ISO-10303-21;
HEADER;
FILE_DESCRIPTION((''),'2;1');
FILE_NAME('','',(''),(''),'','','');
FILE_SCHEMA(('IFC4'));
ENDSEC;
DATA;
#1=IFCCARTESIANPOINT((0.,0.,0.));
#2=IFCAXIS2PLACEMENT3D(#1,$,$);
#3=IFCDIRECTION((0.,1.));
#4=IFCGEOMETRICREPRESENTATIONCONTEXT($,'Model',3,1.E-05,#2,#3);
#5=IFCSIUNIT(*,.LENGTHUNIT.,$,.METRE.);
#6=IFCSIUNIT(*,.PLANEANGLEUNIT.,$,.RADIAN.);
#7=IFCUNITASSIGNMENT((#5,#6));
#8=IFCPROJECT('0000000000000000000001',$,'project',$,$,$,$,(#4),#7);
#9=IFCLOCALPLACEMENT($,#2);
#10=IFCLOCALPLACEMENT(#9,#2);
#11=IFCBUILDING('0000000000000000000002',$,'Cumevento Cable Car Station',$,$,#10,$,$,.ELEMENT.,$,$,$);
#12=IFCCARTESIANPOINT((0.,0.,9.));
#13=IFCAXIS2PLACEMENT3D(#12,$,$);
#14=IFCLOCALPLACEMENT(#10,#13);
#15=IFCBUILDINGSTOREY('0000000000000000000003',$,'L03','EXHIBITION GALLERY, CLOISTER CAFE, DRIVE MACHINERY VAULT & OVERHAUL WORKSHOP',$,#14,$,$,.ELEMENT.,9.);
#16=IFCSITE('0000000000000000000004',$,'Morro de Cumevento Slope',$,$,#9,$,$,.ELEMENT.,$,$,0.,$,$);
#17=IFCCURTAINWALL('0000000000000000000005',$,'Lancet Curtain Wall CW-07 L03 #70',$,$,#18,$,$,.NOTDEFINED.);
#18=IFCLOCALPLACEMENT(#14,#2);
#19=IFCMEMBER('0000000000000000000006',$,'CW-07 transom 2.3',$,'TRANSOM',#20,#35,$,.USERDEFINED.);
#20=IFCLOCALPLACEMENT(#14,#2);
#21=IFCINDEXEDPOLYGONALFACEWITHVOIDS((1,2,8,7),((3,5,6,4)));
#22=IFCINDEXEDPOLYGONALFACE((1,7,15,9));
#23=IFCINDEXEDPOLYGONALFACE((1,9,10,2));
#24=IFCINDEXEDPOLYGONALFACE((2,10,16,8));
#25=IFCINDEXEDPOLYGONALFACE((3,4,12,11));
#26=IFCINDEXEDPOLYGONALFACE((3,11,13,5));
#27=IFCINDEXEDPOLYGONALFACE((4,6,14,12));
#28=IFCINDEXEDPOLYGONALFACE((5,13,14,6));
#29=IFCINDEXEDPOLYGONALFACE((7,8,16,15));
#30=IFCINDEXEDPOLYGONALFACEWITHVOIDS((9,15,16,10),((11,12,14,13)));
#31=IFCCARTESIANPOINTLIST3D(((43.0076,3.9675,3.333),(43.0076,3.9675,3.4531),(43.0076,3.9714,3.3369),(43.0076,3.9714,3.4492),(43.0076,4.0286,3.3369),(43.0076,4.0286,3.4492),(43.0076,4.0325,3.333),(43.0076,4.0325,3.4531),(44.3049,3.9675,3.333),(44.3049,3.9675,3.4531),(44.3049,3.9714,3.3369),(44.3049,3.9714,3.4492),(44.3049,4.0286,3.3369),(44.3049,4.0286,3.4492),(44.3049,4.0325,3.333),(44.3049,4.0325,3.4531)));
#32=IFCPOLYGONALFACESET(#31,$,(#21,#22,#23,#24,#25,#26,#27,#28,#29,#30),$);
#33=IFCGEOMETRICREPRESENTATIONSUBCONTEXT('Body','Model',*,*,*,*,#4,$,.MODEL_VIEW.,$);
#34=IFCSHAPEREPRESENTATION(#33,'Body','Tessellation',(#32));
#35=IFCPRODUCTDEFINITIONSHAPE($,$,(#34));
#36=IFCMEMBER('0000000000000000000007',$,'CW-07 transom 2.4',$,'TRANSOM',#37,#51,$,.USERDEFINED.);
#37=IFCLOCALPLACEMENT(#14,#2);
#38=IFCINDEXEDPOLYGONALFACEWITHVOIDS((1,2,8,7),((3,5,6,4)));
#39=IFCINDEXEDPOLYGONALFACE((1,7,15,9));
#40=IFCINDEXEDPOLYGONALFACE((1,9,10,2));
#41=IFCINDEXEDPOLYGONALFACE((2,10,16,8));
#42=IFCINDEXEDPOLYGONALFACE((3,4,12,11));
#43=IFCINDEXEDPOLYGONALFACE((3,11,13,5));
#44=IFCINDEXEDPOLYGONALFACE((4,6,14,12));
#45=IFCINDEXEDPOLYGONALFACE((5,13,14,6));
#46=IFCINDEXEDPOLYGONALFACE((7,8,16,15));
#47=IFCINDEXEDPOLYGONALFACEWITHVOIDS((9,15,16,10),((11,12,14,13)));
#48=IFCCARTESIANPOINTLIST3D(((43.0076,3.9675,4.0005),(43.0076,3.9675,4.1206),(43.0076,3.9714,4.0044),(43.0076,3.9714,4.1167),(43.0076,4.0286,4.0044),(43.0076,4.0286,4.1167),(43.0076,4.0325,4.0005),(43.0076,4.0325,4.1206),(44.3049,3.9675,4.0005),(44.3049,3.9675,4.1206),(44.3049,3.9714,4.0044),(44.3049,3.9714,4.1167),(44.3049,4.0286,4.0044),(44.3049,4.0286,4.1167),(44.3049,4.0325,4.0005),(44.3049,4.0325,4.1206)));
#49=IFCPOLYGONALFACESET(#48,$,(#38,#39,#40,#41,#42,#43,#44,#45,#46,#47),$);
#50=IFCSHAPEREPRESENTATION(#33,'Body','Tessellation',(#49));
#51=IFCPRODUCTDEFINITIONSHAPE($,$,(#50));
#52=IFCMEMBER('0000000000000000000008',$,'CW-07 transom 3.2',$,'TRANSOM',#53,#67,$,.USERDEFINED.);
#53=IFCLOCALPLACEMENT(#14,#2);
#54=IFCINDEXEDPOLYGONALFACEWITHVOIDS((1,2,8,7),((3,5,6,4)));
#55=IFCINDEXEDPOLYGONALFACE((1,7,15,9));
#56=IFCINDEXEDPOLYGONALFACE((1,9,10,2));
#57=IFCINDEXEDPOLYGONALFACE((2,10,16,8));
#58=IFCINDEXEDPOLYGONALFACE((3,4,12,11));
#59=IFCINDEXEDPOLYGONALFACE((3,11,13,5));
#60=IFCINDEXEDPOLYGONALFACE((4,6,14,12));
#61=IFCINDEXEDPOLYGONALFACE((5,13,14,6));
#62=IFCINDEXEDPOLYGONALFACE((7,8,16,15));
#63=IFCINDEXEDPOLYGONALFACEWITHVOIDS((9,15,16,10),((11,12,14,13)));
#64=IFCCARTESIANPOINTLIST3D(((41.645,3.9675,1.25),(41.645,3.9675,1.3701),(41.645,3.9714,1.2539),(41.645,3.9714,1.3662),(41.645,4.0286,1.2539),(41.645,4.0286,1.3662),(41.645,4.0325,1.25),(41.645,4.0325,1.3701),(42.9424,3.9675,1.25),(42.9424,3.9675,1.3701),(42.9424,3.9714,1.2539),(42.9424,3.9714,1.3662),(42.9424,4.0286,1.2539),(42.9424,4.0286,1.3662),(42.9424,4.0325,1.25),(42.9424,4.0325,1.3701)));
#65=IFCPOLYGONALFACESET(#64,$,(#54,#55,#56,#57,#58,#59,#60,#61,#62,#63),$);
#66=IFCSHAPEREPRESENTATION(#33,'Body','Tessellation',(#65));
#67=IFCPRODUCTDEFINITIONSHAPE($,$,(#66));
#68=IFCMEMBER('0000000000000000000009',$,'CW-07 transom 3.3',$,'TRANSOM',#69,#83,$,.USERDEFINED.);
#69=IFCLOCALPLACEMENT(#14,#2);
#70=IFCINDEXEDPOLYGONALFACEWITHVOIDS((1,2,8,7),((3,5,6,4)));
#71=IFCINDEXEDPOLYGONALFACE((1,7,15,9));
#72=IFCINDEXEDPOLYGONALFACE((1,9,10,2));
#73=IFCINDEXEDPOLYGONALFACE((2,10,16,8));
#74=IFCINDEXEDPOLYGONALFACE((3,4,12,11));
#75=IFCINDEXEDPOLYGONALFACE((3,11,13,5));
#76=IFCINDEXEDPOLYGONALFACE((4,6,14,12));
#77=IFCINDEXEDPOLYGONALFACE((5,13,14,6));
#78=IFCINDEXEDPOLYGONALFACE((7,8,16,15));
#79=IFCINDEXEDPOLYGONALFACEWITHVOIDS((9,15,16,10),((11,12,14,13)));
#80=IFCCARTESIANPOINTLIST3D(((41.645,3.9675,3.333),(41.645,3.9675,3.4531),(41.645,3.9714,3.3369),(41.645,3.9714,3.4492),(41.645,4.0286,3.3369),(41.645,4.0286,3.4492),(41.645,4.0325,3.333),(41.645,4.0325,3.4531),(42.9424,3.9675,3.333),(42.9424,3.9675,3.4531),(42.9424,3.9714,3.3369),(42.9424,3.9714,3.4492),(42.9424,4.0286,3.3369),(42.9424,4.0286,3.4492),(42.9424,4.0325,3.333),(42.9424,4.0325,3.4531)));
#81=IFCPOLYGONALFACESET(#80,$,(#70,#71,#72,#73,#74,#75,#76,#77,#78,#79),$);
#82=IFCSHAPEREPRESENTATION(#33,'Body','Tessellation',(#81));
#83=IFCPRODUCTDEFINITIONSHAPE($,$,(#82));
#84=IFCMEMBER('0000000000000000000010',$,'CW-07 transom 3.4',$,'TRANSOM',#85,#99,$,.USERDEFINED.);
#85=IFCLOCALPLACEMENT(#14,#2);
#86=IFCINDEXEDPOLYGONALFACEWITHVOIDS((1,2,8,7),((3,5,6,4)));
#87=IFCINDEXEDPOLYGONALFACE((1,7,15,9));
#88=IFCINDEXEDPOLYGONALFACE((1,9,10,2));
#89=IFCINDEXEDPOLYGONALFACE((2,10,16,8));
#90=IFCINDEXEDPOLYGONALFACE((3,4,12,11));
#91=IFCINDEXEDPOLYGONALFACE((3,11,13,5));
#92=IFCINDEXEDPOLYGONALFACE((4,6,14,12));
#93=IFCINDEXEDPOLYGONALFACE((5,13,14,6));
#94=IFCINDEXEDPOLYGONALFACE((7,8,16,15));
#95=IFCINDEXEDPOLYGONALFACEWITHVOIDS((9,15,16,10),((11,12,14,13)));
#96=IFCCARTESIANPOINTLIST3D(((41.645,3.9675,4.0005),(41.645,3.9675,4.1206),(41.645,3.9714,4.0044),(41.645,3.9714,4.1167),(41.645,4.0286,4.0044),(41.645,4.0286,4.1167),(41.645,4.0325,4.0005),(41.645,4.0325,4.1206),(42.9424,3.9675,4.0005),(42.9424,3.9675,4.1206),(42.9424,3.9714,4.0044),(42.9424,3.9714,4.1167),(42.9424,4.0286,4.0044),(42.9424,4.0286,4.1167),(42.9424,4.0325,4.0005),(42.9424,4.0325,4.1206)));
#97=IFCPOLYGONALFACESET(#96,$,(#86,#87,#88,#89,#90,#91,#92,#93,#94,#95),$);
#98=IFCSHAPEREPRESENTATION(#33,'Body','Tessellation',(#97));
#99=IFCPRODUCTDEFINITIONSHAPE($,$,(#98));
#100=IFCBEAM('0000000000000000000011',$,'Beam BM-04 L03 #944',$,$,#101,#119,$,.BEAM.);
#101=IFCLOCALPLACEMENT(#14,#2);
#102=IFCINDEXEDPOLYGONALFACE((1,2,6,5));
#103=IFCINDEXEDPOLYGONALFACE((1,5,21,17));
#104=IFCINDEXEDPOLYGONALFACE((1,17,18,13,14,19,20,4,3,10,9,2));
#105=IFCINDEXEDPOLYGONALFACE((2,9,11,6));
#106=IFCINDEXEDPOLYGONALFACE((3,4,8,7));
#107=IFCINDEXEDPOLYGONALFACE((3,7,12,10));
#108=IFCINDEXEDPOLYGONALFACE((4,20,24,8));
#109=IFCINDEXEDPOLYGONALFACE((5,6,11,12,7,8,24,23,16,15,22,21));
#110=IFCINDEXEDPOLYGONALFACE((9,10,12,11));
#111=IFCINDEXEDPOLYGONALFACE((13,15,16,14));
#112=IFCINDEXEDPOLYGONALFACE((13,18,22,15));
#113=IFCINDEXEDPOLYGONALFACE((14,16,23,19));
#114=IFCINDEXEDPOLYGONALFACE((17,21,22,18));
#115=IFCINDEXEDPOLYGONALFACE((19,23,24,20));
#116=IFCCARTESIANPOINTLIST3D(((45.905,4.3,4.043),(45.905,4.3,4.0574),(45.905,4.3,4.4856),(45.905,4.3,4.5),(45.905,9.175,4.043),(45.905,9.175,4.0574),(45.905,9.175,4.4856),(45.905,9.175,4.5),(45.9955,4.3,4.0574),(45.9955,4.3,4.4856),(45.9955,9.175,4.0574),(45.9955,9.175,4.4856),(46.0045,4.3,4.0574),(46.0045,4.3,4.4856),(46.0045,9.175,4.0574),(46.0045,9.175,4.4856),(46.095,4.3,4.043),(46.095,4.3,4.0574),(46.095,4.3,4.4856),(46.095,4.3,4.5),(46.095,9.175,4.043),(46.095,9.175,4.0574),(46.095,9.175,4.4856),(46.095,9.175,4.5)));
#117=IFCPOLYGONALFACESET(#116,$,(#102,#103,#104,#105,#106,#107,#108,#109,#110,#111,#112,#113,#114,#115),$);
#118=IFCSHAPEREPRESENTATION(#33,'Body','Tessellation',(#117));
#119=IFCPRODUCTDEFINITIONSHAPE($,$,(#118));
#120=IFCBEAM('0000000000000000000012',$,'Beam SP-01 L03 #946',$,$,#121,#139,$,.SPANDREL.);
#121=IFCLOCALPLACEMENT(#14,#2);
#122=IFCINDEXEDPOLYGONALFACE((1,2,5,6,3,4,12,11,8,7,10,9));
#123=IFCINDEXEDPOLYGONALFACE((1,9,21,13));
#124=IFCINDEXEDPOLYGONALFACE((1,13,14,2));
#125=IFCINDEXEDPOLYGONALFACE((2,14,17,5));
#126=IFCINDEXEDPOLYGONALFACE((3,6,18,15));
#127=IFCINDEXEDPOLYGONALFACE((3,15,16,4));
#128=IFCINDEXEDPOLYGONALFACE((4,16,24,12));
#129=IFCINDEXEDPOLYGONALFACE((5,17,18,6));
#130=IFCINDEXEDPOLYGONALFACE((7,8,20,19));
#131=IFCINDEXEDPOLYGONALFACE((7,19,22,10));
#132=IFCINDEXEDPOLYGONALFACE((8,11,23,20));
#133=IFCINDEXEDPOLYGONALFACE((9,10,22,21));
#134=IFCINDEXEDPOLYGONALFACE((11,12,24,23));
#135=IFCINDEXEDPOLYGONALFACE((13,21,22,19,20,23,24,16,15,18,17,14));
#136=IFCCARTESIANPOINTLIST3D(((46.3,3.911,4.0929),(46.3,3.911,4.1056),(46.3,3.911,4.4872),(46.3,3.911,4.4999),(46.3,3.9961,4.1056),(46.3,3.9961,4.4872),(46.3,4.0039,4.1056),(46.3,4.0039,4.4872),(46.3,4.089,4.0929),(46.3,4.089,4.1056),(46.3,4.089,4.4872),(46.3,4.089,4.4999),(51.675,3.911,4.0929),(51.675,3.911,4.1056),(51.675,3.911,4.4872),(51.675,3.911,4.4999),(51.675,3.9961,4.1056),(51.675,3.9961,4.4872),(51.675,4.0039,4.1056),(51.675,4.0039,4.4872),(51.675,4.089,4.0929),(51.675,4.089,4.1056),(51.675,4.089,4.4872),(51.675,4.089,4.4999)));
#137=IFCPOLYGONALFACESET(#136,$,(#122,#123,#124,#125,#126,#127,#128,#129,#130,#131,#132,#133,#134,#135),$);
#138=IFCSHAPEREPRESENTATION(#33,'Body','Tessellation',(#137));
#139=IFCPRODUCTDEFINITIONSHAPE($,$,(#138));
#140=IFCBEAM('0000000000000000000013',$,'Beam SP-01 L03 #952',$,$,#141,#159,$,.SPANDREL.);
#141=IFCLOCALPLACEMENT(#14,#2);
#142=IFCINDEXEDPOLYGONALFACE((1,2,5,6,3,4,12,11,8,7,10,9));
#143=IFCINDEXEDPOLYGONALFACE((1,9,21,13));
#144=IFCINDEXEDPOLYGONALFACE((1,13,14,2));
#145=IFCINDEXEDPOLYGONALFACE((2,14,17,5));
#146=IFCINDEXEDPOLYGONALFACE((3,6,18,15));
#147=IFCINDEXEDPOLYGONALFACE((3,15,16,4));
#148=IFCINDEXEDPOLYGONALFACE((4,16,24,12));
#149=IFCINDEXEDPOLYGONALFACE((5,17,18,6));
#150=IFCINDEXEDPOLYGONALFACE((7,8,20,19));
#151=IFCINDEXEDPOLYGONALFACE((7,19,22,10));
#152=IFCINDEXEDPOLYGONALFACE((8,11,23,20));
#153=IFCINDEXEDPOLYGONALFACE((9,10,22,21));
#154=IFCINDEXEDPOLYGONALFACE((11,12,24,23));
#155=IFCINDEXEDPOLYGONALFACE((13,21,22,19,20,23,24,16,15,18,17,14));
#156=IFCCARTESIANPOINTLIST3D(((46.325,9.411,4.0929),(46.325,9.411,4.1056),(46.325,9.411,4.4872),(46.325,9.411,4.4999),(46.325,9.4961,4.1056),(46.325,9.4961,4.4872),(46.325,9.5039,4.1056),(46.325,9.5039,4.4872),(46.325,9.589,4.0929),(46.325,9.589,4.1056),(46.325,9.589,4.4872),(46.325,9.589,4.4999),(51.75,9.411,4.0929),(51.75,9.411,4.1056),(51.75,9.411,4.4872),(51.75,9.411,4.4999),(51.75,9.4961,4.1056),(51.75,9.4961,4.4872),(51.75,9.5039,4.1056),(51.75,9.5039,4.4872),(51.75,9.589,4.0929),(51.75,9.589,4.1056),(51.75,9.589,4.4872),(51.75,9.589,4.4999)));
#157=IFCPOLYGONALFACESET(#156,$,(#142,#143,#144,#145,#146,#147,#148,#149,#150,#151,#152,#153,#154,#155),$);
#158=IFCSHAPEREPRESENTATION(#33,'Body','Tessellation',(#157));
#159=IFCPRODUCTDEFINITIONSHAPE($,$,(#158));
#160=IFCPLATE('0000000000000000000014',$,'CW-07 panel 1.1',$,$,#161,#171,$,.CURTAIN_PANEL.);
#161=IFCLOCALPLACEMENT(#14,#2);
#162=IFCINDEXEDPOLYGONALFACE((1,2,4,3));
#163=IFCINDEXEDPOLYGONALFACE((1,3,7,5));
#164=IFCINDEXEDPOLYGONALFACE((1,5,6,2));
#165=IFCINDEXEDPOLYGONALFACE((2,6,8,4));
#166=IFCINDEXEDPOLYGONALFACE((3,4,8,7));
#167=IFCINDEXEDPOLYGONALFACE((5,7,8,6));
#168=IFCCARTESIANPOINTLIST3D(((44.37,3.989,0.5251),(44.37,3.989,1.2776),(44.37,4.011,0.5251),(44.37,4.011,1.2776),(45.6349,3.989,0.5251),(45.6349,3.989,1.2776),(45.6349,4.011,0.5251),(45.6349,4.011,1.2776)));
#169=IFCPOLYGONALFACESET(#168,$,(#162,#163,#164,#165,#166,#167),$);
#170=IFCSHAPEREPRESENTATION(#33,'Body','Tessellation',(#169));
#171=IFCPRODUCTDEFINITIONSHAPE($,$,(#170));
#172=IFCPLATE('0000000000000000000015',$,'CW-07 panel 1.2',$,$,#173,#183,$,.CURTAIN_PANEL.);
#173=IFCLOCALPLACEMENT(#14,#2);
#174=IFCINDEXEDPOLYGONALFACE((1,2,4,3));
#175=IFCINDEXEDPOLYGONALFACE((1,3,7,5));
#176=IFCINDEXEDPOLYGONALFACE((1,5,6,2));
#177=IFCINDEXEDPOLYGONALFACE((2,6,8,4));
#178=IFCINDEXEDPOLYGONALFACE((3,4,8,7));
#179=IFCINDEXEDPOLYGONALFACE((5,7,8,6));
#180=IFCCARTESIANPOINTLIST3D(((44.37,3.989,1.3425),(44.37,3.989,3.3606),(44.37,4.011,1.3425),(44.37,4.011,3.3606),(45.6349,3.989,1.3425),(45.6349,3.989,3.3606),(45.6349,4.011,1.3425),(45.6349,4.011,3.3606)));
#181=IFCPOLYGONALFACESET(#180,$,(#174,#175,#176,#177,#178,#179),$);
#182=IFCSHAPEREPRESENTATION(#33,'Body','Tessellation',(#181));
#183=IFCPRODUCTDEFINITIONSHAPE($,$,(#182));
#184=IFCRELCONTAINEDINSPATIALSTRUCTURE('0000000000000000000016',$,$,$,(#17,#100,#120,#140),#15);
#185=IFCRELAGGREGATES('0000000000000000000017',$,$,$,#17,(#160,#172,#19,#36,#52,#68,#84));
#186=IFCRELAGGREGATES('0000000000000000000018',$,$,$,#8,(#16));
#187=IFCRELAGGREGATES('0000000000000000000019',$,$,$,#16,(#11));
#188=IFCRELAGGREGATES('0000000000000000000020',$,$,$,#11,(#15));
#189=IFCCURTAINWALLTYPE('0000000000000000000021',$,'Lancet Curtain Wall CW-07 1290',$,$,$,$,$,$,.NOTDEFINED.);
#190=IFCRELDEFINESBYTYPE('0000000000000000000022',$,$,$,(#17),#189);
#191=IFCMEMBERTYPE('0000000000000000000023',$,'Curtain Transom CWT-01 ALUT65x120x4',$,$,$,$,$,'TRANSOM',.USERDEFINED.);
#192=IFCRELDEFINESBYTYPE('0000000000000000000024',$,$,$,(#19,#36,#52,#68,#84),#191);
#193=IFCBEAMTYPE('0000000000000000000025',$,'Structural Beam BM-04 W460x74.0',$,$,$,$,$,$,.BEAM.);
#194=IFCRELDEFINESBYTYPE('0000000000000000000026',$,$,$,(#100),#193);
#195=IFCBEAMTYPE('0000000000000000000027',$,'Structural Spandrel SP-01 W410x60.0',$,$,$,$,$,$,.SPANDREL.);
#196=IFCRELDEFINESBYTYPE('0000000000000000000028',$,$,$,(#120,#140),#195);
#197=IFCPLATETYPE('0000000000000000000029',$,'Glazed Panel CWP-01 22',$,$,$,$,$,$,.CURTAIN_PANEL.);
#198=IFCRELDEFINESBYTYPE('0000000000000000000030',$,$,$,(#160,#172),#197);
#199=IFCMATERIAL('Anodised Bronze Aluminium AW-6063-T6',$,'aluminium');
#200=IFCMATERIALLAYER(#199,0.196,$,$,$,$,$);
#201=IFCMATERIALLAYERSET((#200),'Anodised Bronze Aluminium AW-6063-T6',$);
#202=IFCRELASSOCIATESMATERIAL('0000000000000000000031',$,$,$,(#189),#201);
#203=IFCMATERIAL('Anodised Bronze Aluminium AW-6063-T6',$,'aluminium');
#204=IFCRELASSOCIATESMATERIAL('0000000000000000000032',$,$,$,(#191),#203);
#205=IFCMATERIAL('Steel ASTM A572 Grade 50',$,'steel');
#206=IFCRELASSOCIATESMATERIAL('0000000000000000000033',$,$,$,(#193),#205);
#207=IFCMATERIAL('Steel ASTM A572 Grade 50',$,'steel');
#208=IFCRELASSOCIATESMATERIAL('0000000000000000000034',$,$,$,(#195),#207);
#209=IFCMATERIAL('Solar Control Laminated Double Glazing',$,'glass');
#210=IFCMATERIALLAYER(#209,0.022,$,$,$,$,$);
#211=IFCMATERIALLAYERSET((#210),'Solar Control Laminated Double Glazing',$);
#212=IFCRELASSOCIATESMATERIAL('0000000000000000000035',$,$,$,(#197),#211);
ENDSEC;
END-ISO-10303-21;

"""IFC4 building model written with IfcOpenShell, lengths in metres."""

from ifc_helpers import new_model, si_unit, direction, frame, origin, origin_2d, place, context, subcontext, project, spatial, rectangle, hollow_rectangle, i_section, extrude, material, layer, layer_set, material_profile, profile_set, type_object, element, aggregate, save


model = new_model("IFC4")

# Units and contexts
model_context = context("Model", 3, precision=1e-05, world=origin(), true_north=direction((0.0, 1.0)))
body_context = subcontext(model_context, "Body", "Model", "MODEL_VIEW")
ifc_project = project(units=[si_unit("LENGTHUNIT", "METRE"), si_unit("PLANEANGLEUNIT", "RADIAN")], contexts=[model_context])

# Site, building, storey
site_placement = place(None, origin())
site = spatial("IfcSite", under=ifc_project, at=site_placement, Name="Morro de Cumevento Slope", CompositionType="ELEMENT", RefElevation=0.0)
building_placement = place(site_placement, origin())
building = spatial("IfcBuilding", under=site, at=building_placement, Name="Cumevento Cable Car Station", CompositionType="ELEMENT")
storey_placement = place(building_placement, frame((0.0, 0.0, 9.0)))
storey = spatial("IfcBuildingStorey", under=building, at=storey_placement, Name="L03", Description="EXHIBITION GALLERY, CLOISTER CAFE, DRIVE MACHINERY VAULT & OVERHAUL WORKSHOP", CompositionType="ELEMENT", Elevation=9.0)

# Curtain wall, members
ifc_material_1 = material(Name="Anodised Bronze Aluminium AW-6063-T6", Category="aluminium")
ifc_layer_1 = layer(ifc_material_1, 0.196)
ifc_layer_set_1 = layer_set([ifc_layer_1], Name="Anodised Bronze Aluminium AW-6063-T6")
curtain_wall_type = type_object("IfcCurtainWallType", Name="Lancet Curtain Wall CW-07 1290", PredefinedType="NOTDEFINED", material=ifc_layer_set_1)
curtain_wall_placement = place(storey_placement, origin())
curtain_wall = element("IfcCurtainWall", 1, at=curtain_wall_placement, inside=storey, type_object=curtain_wall_type, Name="Lancet Curtain Wall CW-07 L03 #70", PredefinedType="NOTDEFINED")
ifc_material_2 = material(Name="Anodised Bronze Aluminium AW-6063-T6", Category="aluminium")
ifc_material_profile_1 = material_profile(ifc_material_2, hollow_rectangle(XDim=0.0649, YDim=0.1201, WallThickness=0.0039, at=origin_2d()), Name="ALUT65x120x4")
ifc_profile_set_1 = profile_set([ifc_material_profile_1], Name="Anodised Bronze Aluminium AW-6063-T6")
member_type_1 = type_object("IfcMemberType", Name="Curtain Transom CWT-01 ALUT65x120x4", ElementType="TRANSOM", PredefinedType="USERDEFINED", material=ifc_profile_set_1)
member_1_placement = place(storey_placement, frame((44.3049, 4.0, 3.3931), z_axis=(-1.0, 0.0, 0.0), x_axis=(0.0, -1.0, 0.0)))
member_1 = element("IfcMember", 2, at=member_1_placement, type_object=member_type_1, Name="CW-07 transom 2.3", ObjectType="TRANSOM", PredefinedType="USERDEFINED", context=body_context, shape_type="SweptSolid", body=[
    extrude(hollow_rectangle(XDim=0.0649, YDim=0.1201, WallThickness=0.0039, at=origin_2d()), origin(), (0.0, 0.0, 1.0), 1.2974),
])
member_2_placement = place(storey_placement, frame((44.3049, 4.0, 4.0605), z_axis=(-1.0, 0.0, 0.0), x_axis=(0.0, -1.0, 0.0)))
member_2 = element("IfcMember", 3, at=member_2_placement, type_object=member_type_1, Name="CW-07 transom 2.4", ObjectType="TRANSOM", PredefinedType="USERDEFINED", context=body_context, shape_type="SweptSolid", body=[
    extrude(hollow_rectangle(XDim=0.0649, YDim=0.1201, WallThickness=0.0039, at=origin_2d()), origin(), (0.0, 0.0, 1.0), 1.2974),
])
member_3_placement = place(storey_placement, frame((42.9424, 4.0, 1.3101), z_axis=(-1.0, 0.0, 0.0), x_axis=(0.0, -1.0, 0.0)))
member_3 = element("IfcMember", 4, at=member_3_placement, type_object=member_type_1, Name="CW-07 transom 3.2", ObjectType="TRANSOM", PredefinedType="USERDEFINED", context=body_context, shape_type="SweptSolid", body=[
    extrude(hollow_rectangle(XDim=0.0649, YDim=0.1201, WallThickness=0.0039, at=origin_2d()), origin(), (0.0, 0.0, 1.0), 1.2974),
])
member_4_placement = place(storey_placement, frame((42.9424, 4.0, 3.3931), z_axis=(-1.0, 0.0, 0.0), x_axis=(0.0, -1.0, 0.0)))
member_4 = element("IfcMember", 5, at=member_4_placement, type_object=member_type_1, Name="CW-07 transom 3.3", ObjectType="TRANSOM", PredefinedType="USERDEFINED", context=body_context, shape_type="SweptSolid", body=[
    extrude(hollow_rectangle(XDim=0.0649, YDim=0.1201, WallThickness=0.0039, at=origin_2d()), origin(), (0.0, 0.0, 1.0), 1.2974),
])
member_5_placement = place(storey_placement, frame((42.9424, 4.0, 4.0605), z_axis=(-1.0, 0.0, 0.0), x_axis=(0.0, -1.0, 0.0)))
member_5 = element("IfcMember", 6, at=member_5_placement, type_object=member_type_1, Name="CW-07 transom 3.4", ObjectType="TRANSOM", PredefinedType="USERDEFINED", context=body_context, shape_type="SweptSolid", body=[
    extrude(hollow_rectangle(XDim=0.0649, YDim=0.1201, WallThickness=0.0039, at=origin_2d()), origin(), (0.0, 0.0, 1.0), 1.2974),
])

# Beams
ifc_material_3 = material(Name="Steel ASTM A572 Grade 50", Category="steel")
ifc_material_profile_2 = material_profile(ifc_material_3, i_section(OverallWidth=0.1899, OverallDepth=0.457, WebThickness=0.009, FlangeThickness=0.0144, at=origin_2d()), Name="W460x74.0")
ifc_profile_set_2 = profile_set([ifc_material_profile_2], Name="Steel ASTM A572 Grade 50")
beam_type_1 = type_object("IfcBeamType", Name="Structural Beam BM-04 W460x74.0", PredefinedType="BEAM", material=ifc_profile_set_2)
beam_1_placement = place(storey_placement, frame((46.0, 4.3, 4.2715), z_axis=(0.0, 1.0, 0.0), x_axis=(-1.0, 0.0, 0.0)))
element("IfcBeam", 7, at=beam_1_placement, inside=storey, type_object=beam_type_1, Name="Beam BM-04 L03 #944", PredefinedType="BEAM", context=body_context, shape_type="SweptSolid", body=[
    extrude(i_section(OverallWidth=0.1899, OverallDepth=0.457, WebThickness=0.009, FlangeThickness=0.0144, at=origin_2d()), origin(), (0.0, 0.0, 1.0), 4.875),
])
ifc_material_4 = material(Name="Steel ASTM A572 Grade 50", Category="steel")
ifc_material_profile_3 = material_profile(ifc_material_4, i_section(OverallWidth=0.178, OverallDepth=0.407, WebThickness=0.0078, FlangeThickness=0.0127, at=origin_2d()), Name="W410x60.0")
ifc_profile_set_3 = profile_set([ifc_material_profile_3], Name="Steel ASTM A572 Grade 50")
beam_type_2 = type_object("IfcBeamType", Name="Structural Spandrel SP-01 W410x60.0", PredefinedType="SPANDREL", material=ifc_profile_set_3)
beam_2_placement = place(storey_placement, frame((46.3, 4.0, 4.2964), z_axis=(1.0, 0.0, 0.0), x_axis=(0.0, 1.0, 0.0)))
element("IfcBeam", 8, at=beam_2_placement, inside=storey, type_object=beam_type_2, Name="Beam SP-01 L03 #946", PredefinedType="SPANDREL", context=body_context, shape_type="SweptSolid", body=[
    extrude(i_section(OverallWidth=0.178, OverallDepth=0.407, WebThickness=0.0078, FlangeThickness=0.0127, at=origin_2d()), origin(), (0.0, 0.0, 1.0), 5.375),
])
beam_3_placement = place(storey_placement, frame((46.325, 9.5, 4.2964), z_axis=(1.0, 0.0, 0.0), x_axis=(0.0, 1.0, 0.0)))
element("IfcBeam", 9, at=beam_3_placement, inside=storey, type_object=beam_type_2, Name="Beam SP-01 L03 #952", PredefinedType="SPANDREL", context=body_context, shape_type="SweptSolid", body=[
    extrude(i_section(OverallWidth=0.178, OverallDepth=0.407, WebThickness=0.0078, FlangeThickness=0.0127, at=origin_2d()), origin(), (0.0, 0.0, 1.0), 5.425),
])

# Plates
ifc_material_5 = material(Name="Solar Control Laminated Double Glazing", Category="glass")
ifc_layer_2 = layer(ifc_material_5, 0.022)
ifc_layer_set_2 = layer_set([ifc_layer_2], Name="Solar Control Laminated Double Glazing")
plate_type = type_object("IfcPlateType", Name="Glazed Panel CWP-01 22", PredefinedType="CURTAIN_PANEL", material=ifc_layer_set_2)
plate_1_placement = place(storey_placement, frame((45.0024, 4.0, 0.5251), z_axis=(0.0, 0.0, 1.0), x_axis=(-1.0, 0.0, 0.0)))
plate_1 = element("IfcPlate", 10, at=plate_1_placement, type_object=plate_type, Name="CW-07 panel 1.1", PredefinedType="CURTAIN_PANEL", context=body_context, shape_type="SweptSolid", body=[
    extrude(rectangle(XDim=1.2649, YDim=0.022, at=origin_2d()), origin(), (0.0, 0.0, 1.0), 0.7524),
])
plate_2_placement = place(storey_placement, frame((45.0024, 4.0, 1.3425), z_axis=(0.0, 0.0, 1.0), x_axis=(-1.0, 0.0, 0.0)))
plate_2 = element("IfcPlate", 11, at=plate_2_placement, type_object=plate_type, Name="CW-07 panel 1.2", PredefinedType="CURTAIN_PANEL", context=body_context, shape_type="SweptSolid", body=[
    extrude(rectangle(XDim=1.2649, YDim=0.022, at=origin_2d()), origin(), (0.0, 0.0, 1.0), 2.0181),
])
aggregate(curtain_wall, [plate_1, plate_2, member_1, member_2, member_3, member_4, member_5])

save(model, "model.ifc")
